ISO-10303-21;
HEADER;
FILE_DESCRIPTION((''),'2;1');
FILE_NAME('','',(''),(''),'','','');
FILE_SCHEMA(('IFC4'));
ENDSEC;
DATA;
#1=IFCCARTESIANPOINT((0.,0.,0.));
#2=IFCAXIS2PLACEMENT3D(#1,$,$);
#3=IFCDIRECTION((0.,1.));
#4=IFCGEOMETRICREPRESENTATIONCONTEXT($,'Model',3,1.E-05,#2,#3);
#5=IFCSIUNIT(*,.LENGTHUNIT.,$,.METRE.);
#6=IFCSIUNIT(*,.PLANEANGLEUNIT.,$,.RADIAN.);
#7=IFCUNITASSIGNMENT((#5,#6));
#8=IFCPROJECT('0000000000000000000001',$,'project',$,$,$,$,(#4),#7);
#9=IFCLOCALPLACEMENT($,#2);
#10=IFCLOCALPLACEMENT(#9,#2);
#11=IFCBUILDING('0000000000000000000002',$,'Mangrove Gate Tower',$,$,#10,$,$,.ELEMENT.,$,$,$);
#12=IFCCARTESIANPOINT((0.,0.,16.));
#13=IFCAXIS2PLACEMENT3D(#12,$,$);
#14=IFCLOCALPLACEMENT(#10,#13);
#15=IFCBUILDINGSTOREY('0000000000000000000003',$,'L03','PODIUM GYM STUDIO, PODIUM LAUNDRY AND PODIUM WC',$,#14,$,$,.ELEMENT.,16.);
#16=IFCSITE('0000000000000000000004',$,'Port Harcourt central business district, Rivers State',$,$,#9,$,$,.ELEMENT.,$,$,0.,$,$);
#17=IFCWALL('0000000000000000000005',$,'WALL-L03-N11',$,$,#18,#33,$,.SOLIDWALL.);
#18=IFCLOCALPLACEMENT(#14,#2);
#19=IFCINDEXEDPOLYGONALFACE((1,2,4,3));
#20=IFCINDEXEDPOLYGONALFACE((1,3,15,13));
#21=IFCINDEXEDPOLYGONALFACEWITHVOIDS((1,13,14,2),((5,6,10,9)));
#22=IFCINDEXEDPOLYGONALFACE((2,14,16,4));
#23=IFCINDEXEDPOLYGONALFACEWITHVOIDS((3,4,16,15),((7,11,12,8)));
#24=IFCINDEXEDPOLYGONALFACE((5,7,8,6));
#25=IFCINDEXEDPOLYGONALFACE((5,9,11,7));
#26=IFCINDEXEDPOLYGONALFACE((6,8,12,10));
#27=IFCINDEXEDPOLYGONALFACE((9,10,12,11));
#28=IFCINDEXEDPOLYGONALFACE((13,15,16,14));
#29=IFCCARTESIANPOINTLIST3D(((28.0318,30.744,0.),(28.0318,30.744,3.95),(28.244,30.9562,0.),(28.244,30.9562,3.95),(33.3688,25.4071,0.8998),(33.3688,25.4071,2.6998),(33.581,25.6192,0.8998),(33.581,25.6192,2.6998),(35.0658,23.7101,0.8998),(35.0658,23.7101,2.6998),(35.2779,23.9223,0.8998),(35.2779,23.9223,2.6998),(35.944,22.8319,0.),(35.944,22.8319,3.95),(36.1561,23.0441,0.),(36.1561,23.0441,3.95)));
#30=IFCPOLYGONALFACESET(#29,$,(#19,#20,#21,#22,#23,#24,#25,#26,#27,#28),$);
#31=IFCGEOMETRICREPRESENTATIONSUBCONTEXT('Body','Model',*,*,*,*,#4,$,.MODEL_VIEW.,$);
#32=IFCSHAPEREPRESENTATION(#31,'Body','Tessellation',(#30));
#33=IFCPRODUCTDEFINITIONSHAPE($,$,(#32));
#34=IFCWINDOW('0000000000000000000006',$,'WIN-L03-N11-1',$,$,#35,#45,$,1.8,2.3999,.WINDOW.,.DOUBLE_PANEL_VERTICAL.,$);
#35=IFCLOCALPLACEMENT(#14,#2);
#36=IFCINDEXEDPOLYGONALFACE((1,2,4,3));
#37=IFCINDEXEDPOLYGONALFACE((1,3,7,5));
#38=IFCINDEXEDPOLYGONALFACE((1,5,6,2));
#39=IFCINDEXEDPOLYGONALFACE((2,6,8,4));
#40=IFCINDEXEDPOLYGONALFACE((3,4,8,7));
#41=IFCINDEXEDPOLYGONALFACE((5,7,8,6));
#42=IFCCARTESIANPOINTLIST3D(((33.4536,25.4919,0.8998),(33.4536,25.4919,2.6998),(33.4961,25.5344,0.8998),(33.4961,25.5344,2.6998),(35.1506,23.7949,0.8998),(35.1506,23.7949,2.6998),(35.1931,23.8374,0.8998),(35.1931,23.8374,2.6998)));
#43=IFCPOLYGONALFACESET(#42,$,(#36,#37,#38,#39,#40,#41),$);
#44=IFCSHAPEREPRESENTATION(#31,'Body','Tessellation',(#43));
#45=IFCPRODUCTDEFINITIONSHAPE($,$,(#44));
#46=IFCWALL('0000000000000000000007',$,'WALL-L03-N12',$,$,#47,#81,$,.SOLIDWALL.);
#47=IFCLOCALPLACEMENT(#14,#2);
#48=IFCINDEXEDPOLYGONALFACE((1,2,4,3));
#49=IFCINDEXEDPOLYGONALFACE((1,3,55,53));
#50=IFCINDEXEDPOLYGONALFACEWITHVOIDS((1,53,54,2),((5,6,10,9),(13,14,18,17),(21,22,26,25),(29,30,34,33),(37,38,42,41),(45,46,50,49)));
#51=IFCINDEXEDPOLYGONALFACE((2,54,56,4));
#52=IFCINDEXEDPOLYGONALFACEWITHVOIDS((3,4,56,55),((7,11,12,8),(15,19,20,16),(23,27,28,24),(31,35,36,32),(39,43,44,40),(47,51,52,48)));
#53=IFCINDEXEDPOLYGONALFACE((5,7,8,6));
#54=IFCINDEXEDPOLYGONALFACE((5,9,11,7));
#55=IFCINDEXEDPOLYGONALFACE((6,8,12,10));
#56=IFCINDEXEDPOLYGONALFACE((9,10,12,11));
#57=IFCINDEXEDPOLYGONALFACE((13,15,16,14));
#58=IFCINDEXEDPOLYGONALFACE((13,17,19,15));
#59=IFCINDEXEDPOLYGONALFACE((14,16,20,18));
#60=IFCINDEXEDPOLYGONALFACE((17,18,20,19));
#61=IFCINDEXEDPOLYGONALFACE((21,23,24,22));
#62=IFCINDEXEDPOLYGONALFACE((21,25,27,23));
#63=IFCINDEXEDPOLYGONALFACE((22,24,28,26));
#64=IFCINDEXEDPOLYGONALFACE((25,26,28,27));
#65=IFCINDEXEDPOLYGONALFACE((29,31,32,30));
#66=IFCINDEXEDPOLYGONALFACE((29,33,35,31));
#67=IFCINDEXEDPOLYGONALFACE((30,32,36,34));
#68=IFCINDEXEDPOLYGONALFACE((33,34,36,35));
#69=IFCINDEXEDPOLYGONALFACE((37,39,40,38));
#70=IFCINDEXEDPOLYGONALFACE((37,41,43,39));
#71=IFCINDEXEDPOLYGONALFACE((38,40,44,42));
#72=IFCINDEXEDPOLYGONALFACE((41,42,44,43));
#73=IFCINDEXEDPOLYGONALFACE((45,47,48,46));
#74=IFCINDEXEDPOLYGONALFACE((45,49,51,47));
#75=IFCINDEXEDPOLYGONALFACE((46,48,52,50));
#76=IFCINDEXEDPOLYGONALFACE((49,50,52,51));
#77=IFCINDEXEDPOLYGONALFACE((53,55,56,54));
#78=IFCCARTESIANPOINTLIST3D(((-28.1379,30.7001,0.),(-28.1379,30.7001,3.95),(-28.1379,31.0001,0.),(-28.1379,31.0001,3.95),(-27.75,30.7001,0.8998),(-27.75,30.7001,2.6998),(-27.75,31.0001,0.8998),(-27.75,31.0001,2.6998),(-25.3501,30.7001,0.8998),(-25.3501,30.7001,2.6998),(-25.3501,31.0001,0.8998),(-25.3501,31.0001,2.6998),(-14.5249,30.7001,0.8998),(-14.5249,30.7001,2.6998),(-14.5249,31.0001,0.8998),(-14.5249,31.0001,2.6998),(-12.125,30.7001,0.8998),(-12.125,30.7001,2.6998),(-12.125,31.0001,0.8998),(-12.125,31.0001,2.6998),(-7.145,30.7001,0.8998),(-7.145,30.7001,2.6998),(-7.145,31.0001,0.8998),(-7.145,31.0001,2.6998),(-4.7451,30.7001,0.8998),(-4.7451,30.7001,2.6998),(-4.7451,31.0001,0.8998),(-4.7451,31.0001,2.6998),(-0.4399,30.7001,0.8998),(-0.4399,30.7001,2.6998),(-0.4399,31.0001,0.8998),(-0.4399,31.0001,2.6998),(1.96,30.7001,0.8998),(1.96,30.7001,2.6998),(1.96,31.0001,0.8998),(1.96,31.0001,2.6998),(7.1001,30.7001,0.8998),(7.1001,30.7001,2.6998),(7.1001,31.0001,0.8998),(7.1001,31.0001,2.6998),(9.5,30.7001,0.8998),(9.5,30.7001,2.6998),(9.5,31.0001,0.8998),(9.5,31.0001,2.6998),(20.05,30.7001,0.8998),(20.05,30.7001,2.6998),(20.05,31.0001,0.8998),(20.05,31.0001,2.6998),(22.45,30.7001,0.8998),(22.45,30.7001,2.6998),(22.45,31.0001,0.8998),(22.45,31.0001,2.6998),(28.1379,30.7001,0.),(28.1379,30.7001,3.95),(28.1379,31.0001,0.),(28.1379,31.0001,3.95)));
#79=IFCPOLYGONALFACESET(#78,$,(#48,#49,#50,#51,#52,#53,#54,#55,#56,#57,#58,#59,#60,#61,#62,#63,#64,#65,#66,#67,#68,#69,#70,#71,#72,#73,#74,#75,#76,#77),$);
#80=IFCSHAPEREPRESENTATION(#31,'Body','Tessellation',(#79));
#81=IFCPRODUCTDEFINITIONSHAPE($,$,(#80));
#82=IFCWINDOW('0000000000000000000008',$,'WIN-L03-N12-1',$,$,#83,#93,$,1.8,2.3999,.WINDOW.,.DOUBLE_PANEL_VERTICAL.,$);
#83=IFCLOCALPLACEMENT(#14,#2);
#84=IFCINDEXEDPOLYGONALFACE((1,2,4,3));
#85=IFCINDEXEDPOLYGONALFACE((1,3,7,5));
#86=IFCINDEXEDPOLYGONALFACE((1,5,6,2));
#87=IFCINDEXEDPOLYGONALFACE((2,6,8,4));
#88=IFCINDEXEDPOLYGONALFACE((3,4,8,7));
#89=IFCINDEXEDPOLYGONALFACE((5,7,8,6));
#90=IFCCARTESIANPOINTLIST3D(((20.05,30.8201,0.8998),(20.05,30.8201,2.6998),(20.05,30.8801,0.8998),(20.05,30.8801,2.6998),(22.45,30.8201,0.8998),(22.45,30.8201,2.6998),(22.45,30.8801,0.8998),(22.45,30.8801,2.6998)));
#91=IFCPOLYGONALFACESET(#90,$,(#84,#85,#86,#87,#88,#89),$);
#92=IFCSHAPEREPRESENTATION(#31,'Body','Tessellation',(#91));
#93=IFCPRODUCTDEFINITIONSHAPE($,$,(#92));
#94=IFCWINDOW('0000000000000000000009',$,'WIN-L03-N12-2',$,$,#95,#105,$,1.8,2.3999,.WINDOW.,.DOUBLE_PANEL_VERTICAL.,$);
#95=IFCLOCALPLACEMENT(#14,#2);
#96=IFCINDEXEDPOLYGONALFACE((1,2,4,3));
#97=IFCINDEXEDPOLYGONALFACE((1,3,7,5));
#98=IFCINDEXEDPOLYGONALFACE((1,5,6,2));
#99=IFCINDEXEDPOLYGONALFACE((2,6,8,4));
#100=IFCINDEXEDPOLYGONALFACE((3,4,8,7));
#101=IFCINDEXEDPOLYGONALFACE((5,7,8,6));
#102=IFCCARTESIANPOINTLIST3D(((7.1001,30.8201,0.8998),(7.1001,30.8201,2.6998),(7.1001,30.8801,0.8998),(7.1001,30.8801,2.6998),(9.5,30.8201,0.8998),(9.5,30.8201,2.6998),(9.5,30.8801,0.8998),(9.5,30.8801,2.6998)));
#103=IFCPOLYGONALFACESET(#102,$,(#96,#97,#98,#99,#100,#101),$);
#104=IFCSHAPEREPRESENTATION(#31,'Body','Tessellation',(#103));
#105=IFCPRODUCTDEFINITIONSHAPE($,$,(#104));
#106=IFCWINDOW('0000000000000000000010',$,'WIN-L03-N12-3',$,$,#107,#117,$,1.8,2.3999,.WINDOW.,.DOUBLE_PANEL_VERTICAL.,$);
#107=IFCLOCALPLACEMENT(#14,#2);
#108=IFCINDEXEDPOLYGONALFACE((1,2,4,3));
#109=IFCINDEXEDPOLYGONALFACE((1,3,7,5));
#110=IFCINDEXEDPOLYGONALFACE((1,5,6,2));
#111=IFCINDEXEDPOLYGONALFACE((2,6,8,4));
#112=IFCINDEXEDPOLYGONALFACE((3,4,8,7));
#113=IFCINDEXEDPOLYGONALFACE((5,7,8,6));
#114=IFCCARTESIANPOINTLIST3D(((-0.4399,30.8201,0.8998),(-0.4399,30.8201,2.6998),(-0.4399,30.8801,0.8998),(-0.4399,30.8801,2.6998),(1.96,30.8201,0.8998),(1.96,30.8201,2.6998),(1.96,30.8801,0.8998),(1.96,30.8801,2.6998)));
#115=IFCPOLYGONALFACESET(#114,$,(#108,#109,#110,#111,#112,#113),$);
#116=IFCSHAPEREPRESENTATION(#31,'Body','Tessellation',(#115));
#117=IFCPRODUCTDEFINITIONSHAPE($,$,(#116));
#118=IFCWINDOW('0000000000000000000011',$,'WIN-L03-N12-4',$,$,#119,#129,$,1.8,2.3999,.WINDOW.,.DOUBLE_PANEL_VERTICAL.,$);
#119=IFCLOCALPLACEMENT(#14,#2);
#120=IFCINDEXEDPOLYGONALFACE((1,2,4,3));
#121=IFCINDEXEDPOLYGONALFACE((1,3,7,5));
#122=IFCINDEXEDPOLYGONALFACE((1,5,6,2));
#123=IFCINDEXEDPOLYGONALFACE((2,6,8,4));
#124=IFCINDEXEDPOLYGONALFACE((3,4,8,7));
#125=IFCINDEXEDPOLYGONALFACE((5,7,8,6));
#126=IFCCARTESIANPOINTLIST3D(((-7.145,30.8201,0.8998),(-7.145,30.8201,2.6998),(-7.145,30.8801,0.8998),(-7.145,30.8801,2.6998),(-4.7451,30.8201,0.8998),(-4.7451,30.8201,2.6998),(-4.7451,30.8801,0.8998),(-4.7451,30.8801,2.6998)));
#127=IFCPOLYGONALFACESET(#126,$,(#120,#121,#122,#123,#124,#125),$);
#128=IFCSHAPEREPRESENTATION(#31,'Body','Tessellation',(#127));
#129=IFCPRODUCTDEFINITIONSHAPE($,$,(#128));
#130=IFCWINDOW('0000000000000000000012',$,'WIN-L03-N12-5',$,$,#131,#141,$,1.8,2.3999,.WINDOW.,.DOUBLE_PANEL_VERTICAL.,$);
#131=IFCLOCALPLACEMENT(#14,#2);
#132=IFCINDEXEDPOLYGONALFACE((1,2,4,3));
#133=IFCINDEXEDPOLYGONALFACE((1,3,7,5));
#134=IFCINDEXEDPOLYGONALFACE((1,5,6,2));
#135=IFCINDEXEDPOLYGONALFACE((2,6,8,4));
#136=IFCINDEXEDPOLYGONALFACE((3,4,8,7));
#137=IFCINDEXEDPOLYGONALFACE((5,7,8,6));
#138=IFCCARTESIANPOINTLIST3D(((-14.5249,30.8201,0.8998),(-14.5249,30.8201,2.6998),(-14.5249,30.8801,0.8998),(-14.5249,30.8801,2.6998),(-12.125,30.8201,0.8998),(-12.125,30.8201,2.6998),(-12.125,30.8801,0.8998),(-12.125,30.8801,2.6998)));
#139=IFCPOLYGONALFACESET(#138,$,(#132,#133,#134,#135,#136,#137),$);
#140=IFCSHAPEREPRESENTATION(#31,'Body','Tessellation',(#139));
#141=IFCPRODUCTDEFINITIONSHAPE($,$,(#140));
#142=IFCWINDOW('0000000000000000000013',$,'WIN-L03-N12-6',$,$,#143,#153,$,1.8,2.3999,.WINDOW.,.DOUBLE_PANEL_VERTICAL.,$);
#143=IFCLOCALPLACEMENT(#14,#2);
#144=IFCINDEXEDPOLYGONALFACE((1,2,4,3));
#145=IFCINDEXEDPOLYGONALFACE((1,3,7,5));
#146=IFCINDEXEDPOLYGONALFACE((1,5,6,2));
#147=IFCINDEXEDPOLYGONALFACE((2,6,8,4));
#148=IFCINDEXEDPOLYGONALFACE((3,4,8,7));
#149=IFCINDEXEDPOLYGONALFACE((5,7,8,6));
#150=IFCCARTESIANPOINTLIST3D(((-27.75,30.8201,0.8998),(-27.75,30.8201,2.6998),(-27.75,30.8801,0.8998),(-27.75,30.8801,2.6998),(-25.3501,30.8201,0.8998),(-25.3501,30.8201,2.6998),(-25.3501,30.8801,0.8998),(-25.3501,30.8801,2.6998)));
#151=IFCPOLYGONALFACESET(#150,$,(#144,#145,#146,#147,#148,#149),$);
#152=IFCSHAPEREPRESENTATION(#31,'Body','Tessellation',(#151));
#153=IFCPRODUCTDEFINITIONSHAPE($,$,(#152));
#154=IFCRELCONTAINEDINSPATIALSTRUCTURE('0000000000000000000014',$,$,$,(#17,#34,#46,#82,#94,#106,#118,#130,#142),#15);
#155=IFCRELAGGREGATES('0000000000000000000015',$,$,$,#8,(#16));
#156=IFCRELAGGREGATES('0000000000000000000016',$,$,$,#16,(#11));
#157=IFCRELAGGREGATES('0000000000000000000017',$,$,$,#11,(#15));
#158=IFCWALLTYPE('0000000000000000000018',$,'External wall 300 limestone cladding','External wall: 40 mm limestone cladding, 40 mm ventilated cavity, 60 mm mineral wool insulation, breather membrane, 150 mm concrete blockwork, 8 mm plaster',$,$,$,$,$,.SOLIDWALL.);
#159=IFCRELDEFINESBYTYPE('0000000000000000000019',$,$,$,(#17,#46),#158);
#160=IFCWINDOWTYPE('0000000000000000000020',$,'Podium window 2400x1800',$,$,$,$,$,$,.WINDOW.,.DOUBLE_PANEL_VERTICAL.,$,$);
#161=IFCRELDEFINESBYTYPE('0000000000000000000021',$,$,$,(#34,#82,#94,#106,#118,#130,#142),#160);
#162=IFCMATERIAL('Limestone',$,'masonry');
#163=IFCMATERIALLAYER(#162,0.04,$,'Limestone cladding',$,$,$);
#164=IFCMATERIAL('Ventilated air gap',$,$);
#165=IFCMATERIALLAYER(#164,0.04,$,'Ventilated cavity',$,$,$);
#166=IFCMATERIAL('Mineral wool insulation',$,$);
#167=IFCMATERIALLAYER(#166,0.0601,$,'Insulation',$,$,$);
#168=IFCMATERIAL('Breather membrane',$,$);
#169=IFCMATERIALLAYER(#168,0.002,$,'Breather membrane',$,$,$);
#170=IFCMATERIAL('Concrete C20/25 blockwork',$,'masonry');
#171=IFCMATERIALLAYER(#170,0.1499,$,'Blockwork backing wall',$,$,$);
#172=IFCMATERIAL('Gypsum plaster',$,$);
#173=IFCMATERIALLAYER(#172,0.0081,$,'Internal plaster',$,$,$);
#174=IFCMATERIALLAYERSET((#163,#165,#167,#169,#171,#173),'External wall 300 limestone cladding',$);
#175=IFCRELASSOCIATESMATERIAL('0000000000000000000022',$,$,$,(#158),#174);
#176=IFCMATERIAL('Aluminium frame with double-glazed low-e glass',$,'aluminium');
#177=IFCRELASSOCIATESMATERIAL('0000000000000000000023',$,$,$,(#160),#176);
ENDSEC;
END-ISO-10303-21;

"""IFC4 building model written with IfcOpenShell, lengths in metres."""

from ifc_helpers import new_model, si_unit, direction, frame, frame_2d, origin, place, context, subcontext, project, spatial, rectangle, extrude, material, layer, layer_set, type_object, element, fill, save


model = new_model("IFC4")

# Units and contexts
model_context = context("Model", 3, precision=1e-05, world=origin(), true_north=direction((0.0, 1.0)))
body_context = subcontext(model_context, "Body", "Model", "MODEL_VIEW")
ifc_project = project(units=[si_unit("LENGTHUNIT", "METRE"), si_unit("PLANEANGLEUNIT", "RADIAN")], contexts=[model_context])

# Site, building, storey
site_placement = place(None, origin())
site = spatial("IfcSite", under=ifc_project, at=site_placement, Name="Port Harcourt central business district, Rivers State", CompositionType="ELEMENT", RefElevation=0.0)
building_placement = place(site_placement, origin())
building = spatial("IfcBuilding", under=site, at=building_placement, Name="Mangrove Gate Tower", CompositionType="ELEMENT")
storey_placement = place(building_placement, frame((0.0, 0.0, 16.0)))
storey = spatial("IfcBuildingStorey", under=building, at=storey_placement, Name="L03", Description="PODIUM GYM STUDIO, PODIUM LAUNDRY AND PODIUM WC", CompositionType="ELEMENT", Elevation=16.0)

# Wall, opening, window
ifc_material_1 = material(Name="Limestone", Category="masonry")
ifc_layer_1 = layer(ifc_material_1, 0.04, Name="Limestone cladding")
ifc_material_2 = material(Name="Ventilated air gap")
ifc_layer_2 = layer(ifc_material_2, 0.04, Name="Ventilated cavity")
ifc_material_3 = material(Name="Mineral wool insulation")
ifc_layer_3 = layer(ifc_material_3, 0.0601, Name="Insulation")
ifc_material_4 = material(Name="Breather membrane")
ifc_layer_4 = layer(ifc_material_4, 0.002, Name="Breather membrane")
ifc_material_5 = material(Name="Concrete C20/25 blockwork", Category="masonry")
ifc_layer_5 = layer(ifc_material_5, 0.1499, Name="Blockwork backing wall")
ifc_material_6 = material(Name="Gypsum plaster")
ifc_layer_6 = layer(ifc_material_6, 0.0081, Name="Internal plaster")
ifc_layer_set_1 = layer_set([ifc_layer_1, ifc_layer_2, ifc_layer_3, ifc_layer_4, ifc_layer_5, ifc_layer_6], Name="External wall 300 limestone cladding")
wall_type_1 = type_object("IfcWallType", Name="External wall 300 limestone cladding", Description="External wall: 40 mm limestone cladding, 40 mm ventilated cavity, 60 mm mineral wool insulation, breather membrane, 150 mm concrete blockwork, 8 mm plaster", PredefinedType="SOLIDWALL", material=ifc_layer_set_1)
wall_1_placement = place(storey_placement, frame((36.05, 22.938, 0.0), z_axis=(0.0, 0.0, 1.0), x_axis=(-0.707107, 0.707107, 0.0)))
wall_1 = element("IfcWall", 1, at=wall_1_placement, inside=storey, type_object=wall_type_1, Name="WALL-L03-N11", PredefinedType="SOLIDWALL", context=body_context, shape_type="SweptSolid", body=[
    extrude(rectangle(XDim=11.1895, YDim=0.3, at=frame_2d((5.5947, 0.0))), origin(), (0.0, 0.0, 1.0), 3.95),
])
opening_1_placement = place(wall_1_placement, frame((1.2419, 0.0, 0.8999)))
opening_1 = element("IfcOpeningElement", 2, at=opening_1_placement, cuts=wall_1, PredefinedType="OPENING", context=body_context, shape_type="SweptSolid", body=[
    extrude(rectangle(XDim=2.3999, YDim=1.8, at=frame_2d((1.2, 0.8999))), frame((0.0, 0.1599, 0.0), z_axis=(0.0, -1.0, 0.0), x_axis=(1.0, 0.0, 0.0)), (0.0, 0.0, 1.0), 0.3201),
])
ifc_material_7 = material(Name="Aluminium frame with double-glazed low-e glass", Category="aluminium")
window_type = type_object("IfcWindowType", Name="Podium window 2400x1800", PartitioningType="DOUBLE_PANEL_VERTICAL", PredefinedType="WINDOW", material=ifc_material_7)
window_1_placement = place(opening_1_placement, origin())
window_1 = element("IfcWindow", 3, at=window_1_placement, inside=storey, type_object=window_type, Name="WIN-L03-N11-1", OverallHeight=1.8, OverallWidth=2.3999, PartitioningType="DOUBLE_PANEL_VERTICAL", PredefinedType="WINDOW", context=body_context, shape_type="SweptSolid", body=[
    extrude(rectangle(XDim=2.3999, YDim=1.8, at=frame_2d((1.2, 0.8999))), frame((0.0, 0.03, 0.0), z_axis=(0.0, -1.0, 0.0), x_axis=(1.0, 0.0, 0.0)), (0.0, 0.0, 1.0), 0.0601),
])
fill(opening_1, window_1)

# Wall, openings, windows
wall_2_placement = place(storey_placement, frame((28.1379, 30.8501, 0.0), z_axis=(0.0, 0.0, 1.0), x_axis=(-1.0, 0.0, 0.0)))
wall_2 = element("IfcWall", 4, at=wall_2_placement, inside=storey, type_object=wall_type_1, Name="WALL-L03-N12", PredefinedType="SOLIDWALL", context=body_context, shape_type="SweptSolid", body=[
    extrude(rectangle(XDim=56.2759, YDim=0.3, at=frame_2d((28.1379, 0.0))), origin(), (0.0, 0.0, 1.0), 3.95),
])
opening_2_placement = place(wall_2_placement, frame((5.688, 0.0, 0.8999)))
opening_2 = element("IfcOpeningElement", 5, at=opening_2_placement, cuts=wall_2, PredefinedType="OPENING", context=body_context, shape_type="SweptSolid", body=[
    extrude(rectangle(XDim=2.3999, YDim=1.8, at=frame_2d((1.2, 0.8999))), frame((0.0, 0.1599, 0.0), z_axis=(0.0, -1.0, 0.0), x_axis=(1.0, 0.0, 0.0)), (0.0, 0.0, 1.0), 0.3201),
])
opening_3_placement = place(wall_2_placement, frame((18.6379, 0.0, 0.8999)))
opening_3 = element("IfcOpeningElement", 6, at=opening_3_placement, cuts=wall_2, PredefinedType="OPENING", context=body_context, shape_type="SweptSolid", body=[
    extrude(rectangle(XDim=2.3999, YDim=1.8, at=frame_2d((1.2, 0.8999))), frame((0.0, 0.1599, 0.0), z_axis=(0.0, -1.0, 0.0), x_axis=(1.0, 0.0, 0.0)), (0.0, 0.0, 1.0), 0.3201),
])
opening_4_placement = place(wall_2_placement, frame((26.178, 0.0, 0.8999)))
opening_4 = element("IfcOpeningElement", 7, at=opening_4_placement, cuts=wall_2, PredefinedType="OPENING", context=body_context, shape_type="SweptSolid", body=[
    extrude(rectangle(XDim=2.3999, YDim=1.8, at=frame_2d((1.2, 0.8999))), frame((0.0, 0.1599, 0.0), z_axis=(0.0, -1.0, 0.0), x_axis=(1.0, 0.0, 0.0)), (0.0, 0.0, 1.0), 0.3201),
])
opening_5_placement = place(wall_2_placement, frame((32.8831, 0.0, 0.8999)))
opening_5 = element("IfcOpeningElement", 8, at=opening_5_placement, cuts=wall_2, PredefinedType="OPENING", context=body_context, shape_type="SweptSolid", body=[
    extrude(rectangle(XDim=2.3999, YDim=1.8, at=frame_2d((1.2, 0.8999))), frame((0.0, 0.1599, 0.0), z_axis=(0.0, -1.0, 0.0), x_axis=(1.0, 0.0, 0.0)), (0.0, 0.0, 1.0), 0.3201),
])
opening_6_placement = place(wall_2_placement, frame((40.2629, 0.0, 0.8999)))
opening_6 = element("IfcOpeningElement", 9, at=opening_6_placement, cuts=wall_2, PredefinedType="OPENING", context=body_context, shape_type="SweptSolid", body=[
    extrude(rectangle(XDim=2.3999, YDim=1.8, at=frame_2d((1.2, 0.8999))), frame((0.0, 0.1599, 0.0), z_axis=(0.0, -1.0, 0.0), x_axis=(1.0, 0.0, 0.0)), (0.0, 0.0, 1.0), 0.3201),
])
opening_7_placement = place(wall_2_placement, frame((53.488, 0.0, 0.8999)))
opening_7 = element("IfcOpeningElement", 10, at=opening_7_placement, cuts=wall_2, PredefinedType="OPENING", context=body_context, shape_type="SweptSolid", body=[
    extrude(rectangle(XDim=2.3999, YDim=1.8, at=frame_2d((1.2, 0.8999))), frame((0.0, 0.1599, 0.0), z_axis=(0.0, -1.0, 0.0), x_axis=(1.0, 0.0, 0.0)), (0.0, 0.0, 1.0), 0.3201),
])
window_2_placement = place(opening_2_placement, origin())
window_2 = element("IfcWindow", 11, at=window_2_placement, inside=storey, type_object=window_type, Name="WIN-L03-N12-1", OverallHeight=1.8, OverallWidth=2.3999, PartitioningType="DOUBLE_PANEL_VERTICAL", PredefinedType="WINDOW", context=body_context, shape_type="SweptSolid", body=[
    extrude(rectangle(XDim=2.3999, YDim=1.8, at=frame_2d((1.2, 0.8999))), frame((0.0, 0.03, 0.0), z_axis=(0.0, -1.0, 0.0), x_axis=(1.0, 0.0, 0.0)), (0.0, 0.0, 1.0), 0.0601),
])
fill(opening_2, window_2)
window_3_placement = place(opening_3_placement, origin())
window_3 = element("IfcWindow", 12, at=window_3_placement, inside=storey, type_object=window_type, Name="WIN-L03-N12-2", OverallHeight=1.8, OverallWidth=2.3999, PartitioningType="DOUBLE_PANEL_VERTICAL", PredefinedType="WINDOW", context=body_context, shape_type="SweptSolid", body=[
    extrude(rectangle(XDim=2.3999, YDim=1.8, at=frame_2d((1.2, 0.8999))), frame((0.0, 0.03, 0.0), z_axis=(0.0, -1.0, 0.0), x_axis=(1.0, 0.0, 0.0)), (0.0, 0.0, 1.0), 0.0601),
])
fill(opening_3, window_3)
window_4_placement = place(opening_4_placement, origin())
window_4 = element("IfcWindow", 13, at=window_4_placement, inside=storey, type_object=window_type, Name="WIN-L03-N12-3", OverallHeight=1.8, OverallWidth=2.3999, PartitioningType="DOUBLE_PANEL_VERTICAL", PredefinedType="WINDOW", context=body_context, shape_type="SweptSolid", body=[
    extrude(rectangle(XDim=2.3999, YDim=1.8, at=frame_2d((1.2, 0.8999))), frame((0.0, 0.03, 0.0), z_axis=(0.0, -1.0, 0.0), x_axis=(1.0, 0.0, 0.0)), (0.0, 0.0, 1.0), 0.0601),
])
fill(opening_4, window_4)
window_5_placement = place(opening_5_placement, origin())
window_5 = element("IfcWindow", 14, at=window_5_placement, inside=storey, type_object=window_type, Name="WIN-L03-N12-4", OverallHeight=1.8, OverallWidth=2.3999, PartitioningType="DOUBLE_PANEL_VERTICAL", PredefinedType="WINDOW", context=body_context, shape_type="SweptSolid", body=[
    extrude(rectangle(XDim=2.3999, YDim=1.8, at=frame_2d((1.2, 0.8999))), frame((0.0, 0.03, 0.0), z_axis=(0.0, -1.0, 0.0), x_axis=(1.0, 0.0, 0.0)), (0.0, 0.0, 1.0), 0.0601),
])
fill(opening_5, window_5)
window_6_placement = place(opening_6_placement, origin())
window_6 = element("IfcWindow", 15, at=window_6_placement, inside=storey, type_object=window_type, Name="WIN-L03-N12-5", OverallHeight=1.8, OverallWidth=2.3999, PartitioningType="DOUBLE_PANEL_VERTICAL", PredefinedType="WINDOW", context=body_context, shape_type="SweptSolid", body=[
    extrude(rectangle(XDim=2.3999, YDim=1.8, at=frame_2d((1.2, 0.8999))), frame((0.0, 0.03, 0.0), z_axis=(0.0, -1.0, 0.0), x_axis=(1.0, 0.0, 0.0)), (0.0, 0.0, 1.0), 0.0601),
])
fill(opening_6, window_6)
window_7_placement = place(opening_7_placement, origin())
window_7 = element("IfcWindow", 16, at=window_7_placement, inside=storey, type_object=window_type, Name="WIN-L03-N12-6", OverallHeight=1.8, OverallWidth=2.3999, PartitioningType="DOUBLE_PANEL_VERTICAL", PredefinedType="WINDOW", context=body_context, shape_type="SweptSolid", body=[
    extrude(rectangle(XDim=2.3999, YDim=1.8, at=frame_2d((1.2, 0.8999))), frame((0.0, 0.03, 0.0), z_axis=(0.0, -1.0, 0.0), x_axis=(1.0, 0.0, 0.0)), (0.0, 0.0, 1.0), 0.0601),
])
fill(opening_7, window_7)

save(model, "model.ifc")
